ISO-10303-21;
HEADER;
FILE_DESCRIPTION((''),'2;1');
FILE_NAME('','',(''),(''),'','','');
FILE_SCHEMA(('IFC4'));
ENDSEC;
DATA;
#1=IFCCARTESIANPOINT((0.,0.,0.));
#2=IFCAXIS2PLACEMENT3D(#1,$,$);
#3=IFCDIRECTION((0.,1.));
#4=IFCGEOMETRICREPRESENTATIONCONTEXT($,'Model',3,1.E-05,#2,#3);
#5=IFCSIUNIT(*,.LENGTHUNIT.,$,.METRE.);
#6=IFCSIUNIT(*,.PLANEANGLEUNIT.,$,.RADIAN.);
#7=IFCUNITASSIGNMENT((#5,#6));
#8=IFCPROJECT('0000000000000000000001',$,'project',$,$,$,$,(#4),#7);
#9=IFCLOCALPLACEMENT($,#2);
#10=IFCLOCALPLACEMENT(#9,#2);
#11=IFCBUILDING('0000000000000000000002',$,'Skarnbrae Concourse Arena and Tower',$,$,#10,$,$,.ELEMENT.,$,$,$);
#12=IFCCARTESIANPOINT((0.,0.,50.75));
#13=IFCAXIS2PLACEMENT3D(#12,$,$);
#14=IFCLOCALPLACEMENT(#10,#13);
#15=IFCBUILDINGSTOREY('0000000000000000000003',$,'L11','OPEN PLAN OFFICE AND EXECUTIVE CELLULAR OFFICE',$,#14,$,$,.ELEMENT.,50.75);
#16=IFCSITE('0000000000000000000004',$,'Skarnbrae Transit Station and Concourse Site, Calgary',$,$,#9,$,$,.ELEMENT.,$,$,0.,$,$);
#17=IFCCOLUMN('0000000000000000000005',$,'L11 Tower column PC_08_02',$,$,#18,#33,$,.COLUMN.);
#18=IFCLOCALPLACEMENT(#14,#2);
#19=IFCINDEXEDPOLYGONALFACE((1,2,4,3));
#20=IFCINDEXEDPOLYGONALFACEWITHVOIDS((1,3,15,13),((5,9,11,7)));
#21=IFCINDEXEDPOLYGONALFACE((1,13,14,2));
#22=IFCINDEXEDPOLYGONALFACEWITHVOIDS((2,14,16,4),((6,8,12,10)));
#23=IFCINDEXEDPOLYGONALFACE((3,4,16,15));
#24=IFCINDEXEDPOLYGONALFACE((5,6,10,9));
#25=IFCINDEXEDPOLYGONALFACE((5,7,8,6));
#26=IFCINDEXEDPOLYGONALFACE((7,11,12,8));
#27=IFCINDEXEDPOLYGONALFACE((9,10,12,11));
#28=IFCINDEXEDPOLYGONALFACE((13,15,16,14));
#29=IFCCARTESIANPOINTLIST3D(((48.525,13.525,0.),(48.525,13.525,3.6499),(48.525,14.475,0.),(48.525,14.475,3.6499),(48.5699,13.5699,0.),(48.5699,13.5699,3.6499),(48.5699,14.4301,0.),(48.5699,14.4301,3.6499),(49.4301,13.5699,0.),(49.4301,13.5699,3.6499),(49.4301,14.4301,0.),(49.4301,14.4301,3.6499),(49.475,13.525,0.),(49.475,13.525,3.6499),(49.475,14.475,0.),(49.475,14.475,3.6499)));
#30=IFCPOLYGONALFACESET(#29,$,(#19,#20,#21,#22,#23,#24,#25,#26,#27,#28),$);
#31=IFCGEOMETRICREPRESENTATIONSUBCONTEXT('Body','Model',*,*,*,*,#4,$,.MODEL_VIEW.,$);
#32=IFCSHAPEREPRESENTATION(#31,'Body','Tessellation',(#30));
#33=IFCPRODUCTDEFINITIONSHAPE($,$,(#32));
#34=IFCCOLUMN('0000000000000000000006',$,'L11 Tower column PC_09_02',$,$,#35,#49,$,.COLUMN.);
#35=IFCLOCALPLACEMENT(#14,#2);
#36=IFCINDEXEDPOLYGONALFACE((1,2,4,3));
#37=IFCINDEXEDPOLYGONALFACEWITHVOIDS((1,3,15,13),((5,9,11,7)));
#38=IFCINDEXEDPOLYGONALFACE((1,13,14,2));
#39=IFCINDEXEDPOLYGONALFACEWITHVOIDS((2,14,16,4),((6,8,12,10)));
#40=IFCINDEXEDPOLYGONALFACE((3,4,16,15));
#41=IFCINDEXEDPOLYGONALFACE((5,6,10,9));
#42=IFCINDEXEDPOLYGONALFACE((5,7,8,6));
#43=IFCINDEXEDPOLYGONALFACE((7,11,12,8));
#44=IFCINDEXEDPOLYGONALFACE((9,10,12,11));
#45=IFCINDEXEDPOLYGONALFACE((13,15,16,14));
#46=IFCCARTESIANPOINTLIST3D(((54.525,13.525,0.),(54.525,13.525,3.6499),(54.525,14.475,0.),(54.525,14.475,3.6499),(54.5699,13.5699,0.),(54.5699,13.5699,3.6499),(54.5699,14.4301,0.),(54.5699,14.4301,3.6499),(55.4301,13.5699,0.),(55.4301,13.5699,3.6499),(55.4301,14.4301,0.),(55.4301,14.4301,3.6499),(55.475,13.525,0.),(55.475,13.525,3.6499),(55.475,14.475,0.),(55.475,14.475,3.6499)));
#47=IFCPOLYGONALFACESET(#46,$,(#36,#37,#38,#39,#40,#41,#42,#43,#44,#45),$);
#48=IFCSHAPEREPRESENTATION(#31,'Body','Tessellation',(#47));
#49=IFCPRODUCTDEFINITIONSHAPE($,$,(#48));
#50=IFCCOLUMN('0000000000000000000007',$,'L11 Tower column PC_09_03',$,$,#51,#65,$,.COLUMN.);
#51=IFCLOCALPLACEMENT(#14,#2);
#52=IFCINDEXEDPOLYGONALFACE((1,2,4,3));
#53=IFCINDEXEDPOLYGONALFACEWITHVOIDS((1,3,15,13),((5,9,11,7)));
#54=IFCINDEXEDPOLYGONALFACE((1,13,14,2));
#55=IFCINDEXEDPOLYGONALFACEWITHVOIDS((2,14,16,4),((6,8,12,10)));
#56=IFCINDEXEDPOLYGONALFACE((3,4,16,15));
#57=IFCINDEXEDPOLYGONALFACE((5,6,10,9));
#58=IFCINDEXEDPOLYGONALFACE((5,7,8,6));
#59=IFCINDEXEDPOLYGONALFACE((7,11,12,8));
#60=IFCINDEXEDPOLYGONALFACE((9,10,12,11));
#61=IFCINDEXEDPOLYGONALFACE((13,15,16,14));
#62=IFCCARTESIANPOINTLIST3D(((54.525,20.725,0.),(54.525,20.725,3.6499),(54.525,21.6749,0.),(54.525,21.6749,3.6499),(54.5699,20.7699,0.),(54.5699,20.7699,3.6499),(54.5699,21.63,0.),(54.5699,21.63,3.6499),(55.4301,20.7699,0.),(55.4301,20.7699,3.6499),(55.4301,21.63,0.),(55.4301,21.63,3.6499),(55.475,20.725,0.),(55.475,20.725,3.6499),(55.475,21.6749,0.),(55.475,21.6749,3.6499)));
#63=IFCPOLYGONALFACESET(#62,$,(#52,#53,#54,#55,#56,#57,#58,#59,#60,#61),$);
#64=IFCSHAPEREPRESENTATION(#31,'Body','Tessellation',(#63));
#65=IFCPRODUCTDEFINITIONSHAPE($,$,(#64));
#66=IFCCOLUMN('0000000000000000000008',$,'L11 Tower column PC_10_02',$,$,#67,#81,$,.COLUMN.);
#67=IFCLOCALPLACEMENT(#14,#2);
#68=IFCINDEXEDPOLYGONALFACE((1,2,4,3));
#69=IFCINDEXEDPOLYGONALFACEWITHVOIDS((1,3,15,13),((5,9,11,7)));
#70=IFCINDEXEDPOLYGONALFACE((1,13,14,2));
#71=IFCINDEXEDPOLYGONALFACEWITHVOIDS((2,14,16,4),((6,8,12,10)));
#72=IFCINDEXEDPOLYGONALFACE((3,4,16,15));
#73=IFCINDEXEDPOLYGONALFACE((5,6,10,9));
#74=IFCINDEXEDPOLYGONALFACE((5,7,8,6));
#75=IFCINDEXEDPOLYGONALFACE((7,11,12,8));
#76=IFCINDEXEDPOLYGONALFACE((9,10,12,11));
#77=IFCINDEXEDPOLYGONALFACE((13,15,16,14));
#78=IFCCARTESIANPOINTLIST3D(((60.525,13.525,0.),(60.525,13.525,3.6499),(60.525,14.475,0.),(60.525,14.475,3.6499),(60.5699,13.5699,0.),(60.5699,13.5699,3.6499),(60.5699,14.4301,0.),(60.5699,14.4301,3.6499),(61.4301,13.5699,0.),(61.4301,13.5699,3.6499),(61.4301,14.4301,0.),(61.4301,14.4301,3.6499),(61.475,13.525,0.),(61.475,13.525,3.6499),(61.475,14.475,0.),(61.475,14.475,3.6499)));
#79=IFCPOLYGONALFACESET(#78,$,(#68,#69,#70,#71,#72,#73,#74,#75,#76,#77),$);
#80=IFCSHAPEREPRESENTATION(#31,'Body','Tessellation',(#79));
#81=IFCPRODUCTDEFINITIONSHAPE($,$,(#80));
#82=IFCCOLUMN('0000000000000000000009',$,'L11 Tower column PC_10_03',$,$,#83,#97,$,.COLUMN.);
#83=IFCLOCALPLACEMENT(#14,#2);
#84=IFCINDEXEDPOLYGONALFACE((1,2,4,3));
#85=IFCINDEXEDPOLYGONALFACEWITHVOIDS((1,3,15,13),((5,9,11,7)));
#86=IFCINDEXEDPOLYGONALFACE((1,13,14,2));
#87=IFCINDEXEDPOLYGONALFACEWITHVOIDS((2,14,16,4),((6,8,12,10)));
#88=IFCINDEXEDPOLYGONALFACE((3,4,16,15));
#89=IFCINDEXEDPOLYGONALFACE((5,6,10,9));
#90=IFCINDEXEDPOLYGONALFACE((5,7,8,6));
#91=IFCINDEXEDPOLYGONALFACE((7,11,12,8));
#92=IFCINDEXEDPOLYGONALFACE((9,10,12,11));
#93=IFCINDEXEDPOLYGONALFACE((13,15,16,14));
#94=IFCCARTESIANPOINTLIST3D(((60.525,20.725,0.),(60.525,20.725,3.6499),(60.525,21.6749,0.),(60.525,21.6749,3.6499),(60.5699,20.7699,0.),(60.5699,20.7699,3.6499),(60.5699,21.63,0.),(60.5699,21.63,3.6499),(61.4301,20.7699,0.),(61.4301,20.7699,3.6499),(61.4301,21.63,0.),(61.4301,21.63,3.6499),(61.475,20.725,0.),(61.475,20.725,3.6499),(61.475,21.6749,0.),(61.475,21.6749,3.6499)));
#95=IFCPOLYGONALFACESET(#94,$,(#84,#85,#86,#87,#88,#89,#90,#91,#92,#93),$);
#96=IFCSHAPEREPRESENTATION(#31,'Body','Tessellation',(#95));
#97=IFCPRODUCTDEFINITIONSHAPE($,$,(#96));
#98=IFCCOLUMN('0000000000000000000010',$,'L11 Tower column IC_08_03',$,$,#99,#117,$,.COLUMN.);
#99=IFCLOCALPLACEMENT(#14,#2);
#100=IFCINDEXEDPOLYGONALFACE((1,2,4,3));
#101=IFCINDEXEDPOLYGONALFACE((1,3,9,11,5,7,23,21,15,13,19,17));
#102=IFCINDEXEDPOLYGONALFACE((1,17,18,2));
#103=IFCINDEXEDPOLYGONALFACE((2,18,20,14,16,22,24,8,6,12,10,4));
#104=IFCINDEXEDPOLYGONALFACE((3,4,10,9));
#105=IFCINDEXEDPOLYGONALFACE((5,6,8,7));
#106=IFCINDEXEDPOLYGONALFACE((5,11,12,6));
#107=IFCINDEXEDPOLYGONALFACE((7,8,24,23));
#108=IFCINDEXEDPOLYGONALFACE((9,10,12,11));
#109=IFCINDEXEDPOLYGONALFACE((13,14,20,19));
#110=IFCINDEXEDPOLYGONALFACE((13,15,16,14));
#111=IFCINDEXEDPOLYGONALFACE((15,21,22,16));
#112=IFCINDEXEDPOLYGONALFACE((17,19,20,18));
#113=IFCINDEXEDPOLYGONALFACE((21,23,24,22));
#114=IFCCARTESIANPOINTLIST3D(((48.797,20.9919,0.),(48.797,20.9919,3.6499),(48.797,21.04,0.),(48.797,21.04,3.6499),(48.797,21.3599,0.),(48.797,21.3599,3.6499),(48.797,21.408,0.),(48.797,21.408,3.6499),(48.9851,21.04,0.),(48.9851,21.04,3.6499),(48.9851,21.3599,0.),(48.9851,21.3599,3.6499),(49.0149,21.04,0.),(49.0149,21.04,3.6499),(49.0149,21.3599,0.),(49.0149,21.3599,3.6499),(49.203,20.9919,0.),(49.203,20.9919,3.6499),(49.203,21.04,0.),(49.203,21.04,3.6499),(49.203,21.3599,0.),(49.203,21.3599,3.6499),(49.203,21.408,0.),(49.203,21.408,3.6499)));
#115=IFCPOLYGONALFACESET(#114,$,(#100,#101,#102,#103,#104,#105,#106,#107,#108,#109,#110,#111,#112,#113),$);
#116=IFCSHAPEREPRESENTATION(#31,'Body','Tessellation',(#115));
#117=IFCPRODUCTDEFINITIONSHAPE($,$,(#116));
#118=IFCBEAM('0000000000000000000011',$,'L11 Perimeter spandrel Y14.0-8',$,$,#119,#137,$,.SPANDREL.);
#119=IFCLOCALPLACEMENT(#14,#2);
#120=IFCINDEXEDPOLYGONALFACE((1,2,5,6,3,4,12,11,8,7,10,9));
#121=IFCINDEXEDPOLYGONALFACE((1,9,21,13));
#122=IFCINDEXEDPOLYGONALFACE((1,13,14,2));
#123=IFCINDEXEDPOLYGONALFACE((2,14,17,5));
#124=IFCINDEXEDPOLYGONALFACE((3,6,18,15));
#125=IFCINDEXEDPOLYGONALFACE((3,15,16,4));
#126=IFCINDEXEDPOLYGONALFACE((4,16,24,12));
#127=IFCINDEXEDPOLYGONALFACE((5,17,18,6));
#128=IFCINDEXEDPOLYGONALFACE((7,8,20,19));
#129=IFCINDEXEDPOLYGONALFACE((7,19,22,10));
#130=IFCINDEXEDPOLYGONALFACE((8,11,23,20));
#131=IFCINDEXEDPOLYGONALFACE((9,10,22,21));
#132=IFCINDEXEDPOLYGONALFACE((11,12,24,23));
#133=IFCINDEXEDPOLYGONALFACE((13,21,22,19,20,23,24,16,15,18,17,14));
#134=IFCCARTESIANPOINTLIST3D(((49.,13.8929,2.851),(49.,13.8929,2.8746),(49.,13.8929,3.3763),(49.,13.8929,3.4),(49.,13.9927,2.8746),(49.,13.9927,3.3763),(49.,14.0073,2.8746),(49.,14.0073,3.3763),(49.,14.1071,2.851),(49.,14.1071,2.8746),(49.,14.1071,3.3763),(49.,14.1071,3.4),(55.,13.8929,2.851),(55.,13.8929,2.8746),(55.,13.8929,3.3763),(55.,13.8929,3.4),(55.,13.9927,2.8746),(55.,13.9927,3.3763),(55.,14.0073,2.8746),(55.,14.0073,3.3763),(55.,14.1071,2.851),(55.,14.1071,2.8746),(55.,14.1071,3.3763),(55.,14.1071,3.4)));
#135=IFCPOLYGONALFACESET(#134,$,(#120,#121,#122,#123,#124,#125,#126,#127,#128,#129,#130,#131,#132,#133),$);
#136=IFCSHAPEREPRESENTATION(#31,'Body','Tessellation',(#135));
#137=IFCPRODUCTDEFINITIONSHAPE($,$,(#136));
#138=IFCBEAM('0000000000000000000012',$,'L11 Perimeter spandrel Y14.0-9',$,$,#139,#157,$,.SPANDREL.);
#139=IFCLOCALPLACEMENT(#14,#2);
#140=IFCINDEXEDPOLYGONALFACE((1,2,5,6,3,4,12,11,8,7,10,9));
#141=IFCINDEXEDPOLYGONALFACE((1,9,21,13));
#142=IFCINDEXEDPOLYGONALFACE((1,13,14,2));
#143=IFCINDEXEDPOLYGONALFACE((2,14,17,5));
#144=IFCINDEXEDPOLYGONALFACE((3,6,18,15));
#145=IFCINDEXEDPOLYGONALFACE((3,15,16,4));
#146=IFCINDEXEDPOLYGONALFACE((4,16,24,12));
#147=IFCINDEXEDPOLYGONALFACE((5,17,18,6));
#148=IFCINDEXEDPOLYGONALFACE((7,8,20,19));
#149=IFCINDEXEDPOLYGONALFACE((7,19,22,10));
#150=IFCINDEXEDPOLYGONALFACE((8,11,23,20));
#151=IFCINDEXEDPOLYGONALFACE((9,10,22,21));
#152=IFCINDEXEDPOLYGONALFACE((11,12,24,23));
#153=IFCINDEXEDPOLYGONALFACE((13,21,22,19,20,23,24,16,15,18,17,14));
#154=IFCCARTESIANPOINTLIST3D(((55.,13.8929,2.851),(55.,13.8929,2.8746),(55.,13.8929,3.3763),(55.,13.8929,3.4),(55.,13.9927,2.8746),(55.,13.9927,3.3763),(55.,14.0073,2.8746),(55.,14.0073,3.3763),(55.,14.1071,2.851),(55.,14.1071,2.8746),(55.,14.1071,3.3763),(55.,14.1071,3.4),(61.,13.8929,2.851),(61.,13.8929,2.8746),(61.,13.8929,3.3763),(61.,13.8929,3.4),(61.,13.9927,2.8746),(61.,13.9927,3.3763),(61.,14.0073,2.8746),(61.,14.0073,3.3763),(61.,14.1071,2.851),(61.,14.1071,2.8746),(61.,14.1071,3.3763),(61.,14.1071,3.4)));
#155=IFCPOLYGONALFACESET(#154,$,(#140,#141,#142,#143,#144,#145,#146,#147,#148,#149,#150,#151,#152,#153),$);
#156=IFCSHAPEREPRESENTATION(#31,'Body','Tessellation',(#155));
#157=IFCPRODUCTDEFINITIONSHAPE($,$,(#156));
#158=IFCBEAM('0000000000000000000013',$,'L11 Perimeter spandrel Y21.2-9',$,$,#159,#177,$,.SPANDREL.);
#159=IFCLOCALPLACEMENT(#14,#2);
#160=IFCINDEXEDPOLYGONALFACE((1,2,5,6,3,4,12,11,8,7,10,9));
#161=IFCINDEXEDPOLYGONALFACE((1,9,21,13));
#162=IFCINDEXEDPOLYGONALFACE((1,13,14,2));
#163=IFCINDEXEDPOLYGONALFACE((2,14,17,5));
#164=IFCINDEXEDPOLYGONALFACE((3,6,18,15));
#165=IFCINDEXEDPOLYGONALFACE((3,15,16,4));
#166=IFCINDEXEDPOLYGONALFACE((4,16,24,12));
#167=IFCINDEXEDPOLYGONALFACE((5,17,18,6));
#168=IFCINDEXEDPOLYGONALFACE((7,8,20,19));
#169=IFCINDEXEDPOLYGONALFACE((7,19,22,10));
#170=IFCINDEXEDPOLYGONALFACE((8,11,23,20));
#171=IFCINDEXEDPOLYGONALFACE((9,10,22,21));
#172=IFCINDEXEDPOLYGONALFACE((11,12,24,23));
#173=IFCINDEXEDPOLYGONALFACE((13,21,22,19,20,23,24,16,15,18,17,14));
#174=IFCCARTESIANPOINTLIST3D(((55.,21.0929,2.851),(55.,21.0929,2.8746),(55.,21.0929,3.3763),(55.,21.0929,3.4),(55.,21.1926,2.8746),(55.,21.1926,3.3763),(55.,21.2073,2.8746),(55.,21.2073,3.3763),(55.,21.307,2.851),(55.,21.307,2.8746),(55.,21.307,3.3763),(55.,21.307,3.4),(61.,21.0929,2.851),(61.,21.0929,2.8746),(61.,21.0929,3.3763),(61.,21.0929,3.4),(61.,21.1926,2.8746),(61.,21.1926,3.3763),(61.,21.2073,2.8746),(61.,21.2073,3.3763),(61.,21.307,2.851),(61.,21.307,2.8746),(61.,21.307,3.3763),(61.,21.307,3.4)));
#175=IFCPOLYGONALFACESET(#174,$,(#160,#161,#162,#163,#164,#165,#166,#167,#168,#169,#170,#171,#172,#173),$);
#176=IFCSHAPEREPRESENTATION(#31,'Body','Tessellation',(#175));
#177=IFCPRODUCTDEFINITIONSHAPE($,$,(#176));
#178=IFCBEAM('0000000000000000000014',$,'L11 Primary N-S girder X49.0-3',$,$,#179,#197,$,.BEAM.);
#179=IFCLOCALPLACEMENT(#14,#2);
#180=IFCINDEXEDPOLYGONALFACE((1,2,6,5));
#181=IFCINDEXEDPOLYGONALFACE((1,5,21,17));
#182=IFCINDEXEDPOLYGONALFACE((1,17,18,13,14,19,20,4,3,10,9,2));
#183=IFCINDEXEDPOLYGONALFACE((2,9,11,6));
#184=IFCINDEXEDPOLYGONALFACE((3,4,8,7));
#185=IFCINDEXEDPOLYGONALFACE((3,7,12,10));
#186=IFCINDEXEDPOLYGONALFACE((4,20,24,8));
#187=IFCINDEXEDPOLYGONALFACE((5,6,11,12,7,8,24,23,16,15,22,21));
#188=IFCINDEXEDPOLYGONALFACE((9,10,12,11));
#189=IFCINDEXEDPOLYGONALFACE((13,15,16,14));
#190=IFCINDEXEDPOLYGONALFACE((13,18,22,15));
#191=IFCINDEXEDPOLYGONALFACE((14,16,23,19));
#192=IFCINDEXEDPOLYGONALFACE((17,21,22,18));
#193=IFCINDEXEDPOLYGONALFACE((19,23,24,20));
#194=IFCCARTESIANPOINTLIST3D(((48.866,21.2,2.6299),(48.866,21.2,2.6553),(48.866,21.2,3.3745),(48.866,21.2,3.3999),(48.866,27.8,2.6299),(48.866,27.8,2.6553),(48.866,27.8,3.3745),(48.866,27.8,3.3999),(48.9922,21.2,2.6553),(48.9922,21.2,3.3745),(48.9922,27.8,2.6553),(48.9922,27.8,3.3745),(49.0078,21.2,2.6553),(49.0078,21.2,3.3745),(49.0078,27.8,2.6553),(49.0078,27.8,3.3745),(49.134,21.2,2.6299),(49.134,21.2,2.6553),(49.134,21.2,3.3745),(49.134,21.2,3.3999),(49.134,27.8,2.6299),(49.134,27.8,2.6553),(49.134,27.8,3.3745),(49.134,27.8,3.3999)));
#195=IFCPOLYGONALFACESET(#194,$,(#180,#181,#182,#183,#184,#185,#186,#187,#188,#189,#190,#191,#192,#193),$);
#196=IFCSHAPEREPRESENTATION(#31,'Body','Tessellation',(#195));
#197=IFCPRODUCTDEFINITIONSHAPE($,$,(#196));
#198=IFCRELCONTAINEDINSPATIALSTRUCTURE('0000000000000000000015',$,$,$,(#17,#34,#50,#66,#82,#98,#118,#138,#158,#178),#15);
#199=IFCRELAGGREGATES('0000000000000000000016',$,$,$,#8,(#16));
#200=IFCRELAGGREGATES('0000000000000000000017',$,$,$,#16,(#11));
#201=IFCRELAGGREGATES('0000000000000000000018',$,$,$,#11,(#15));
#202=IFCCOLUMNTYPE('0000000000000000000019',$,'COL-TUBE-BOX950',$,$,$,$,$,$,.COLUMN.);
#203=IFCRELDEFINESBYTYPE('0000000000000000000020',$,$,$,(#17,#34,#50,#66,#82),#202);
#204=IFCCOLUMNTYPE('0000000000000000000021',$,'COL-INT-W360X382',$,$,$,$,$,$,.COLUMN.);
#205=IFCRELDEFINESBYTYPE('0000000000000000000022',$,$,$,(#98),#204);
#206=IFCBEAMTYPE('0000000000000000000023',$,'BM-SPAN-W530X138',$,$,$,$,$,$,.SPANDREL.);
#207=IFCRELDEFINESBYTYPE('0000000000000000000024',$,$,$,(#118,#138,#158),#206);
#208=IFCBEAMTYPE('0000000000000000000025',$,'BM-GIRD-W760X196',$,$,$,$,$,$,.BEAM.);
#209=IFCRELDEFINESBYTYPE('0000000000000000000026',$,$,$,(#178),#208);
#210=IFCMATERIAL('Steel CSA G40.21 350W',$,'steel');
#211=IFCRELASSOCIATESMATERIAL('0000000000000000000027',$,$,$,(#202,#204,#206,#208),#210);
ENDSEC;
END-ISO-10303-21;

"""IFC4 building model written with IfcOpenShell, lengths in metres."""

from ifc_helpers import new_model, si_unit, direction, frame, origin, origin_2d, place, context, subcontext, project, spatial, hollow_rectangle, i_section, extrude, source, transform, mapped, material, material_profile, profile_set, type_object, element, save


model = new_model("IFC4")

# Units and contexts
model_context = context("Model", 3, precision=1e-05, world=origin(), true_north=direction((0.0, 1.0)))
body_context = subcontext(model_context, "Body", "Model", "MODEL_VIEW")
ifc_project = project(units=[si_unit("LENGTHUNIT", "METRE"), si_unit("PLANEANGLEUNIT", "RADIAN")], contexts=[model_context])

# Site, building, storey
site_placement = place(None, origin())
site = spatial("IfcSite", under=ifc_project, at=site_placement, Name="Skarnbrae Transit Station and Concourse Site, Calgary", CompositionType="ELEMENT", RefElevation=0.0)
building_placement = place(site_placement, origin())
building = spatial("IfcBuilding", under=site, at=building_placement, Name="Skarnbrae Concourse Arena and Tower", CompositionType="ELEMENT")
storey_placement = place(building_placement, frame((0.0, 0.0, 50.75)))
storey = spatial("IfcBuildingStorey", under=building, at=storey_placement, Name="L11", Description="OPEN PLAN OFFICE AND EXECUTIVE CELLULAR OFFICE", CompositionType="ELEMENT", Elevation=50.75)

# Columns
ifc_material_1 = material(Name="Steel CSA G40.21 350W", Category="steel")
ifc_material_profile_1 = material_profile(ifc_material_1, hollow_rectangle(XDim=0.95, YDim=0.95, WallThickness=0.0449, at=origin_2d()), Name="BOX950X950X45")
ifc_profile_set_1 = profile_set([ifc_material_profile_1], Name="Steel CSA G40.21 350W")
column_type_1 = type_object("IfcColumnType", Name="COL-TUBE-BOX950", PredefinedType="COLUMN", material=ifc_profile_set_1)
shared_shape_1 = source(origin(), body_context, "Body", "SweptSolid", [
    extrude(hollow_rectangle(XDim=0.95, YDim=0.95, WallThickness=0.0449, at=origin_2d()), origin(), (0.0, 0.0, 1.0), 3.6499),
])
for number, where, z_axis, x_axis, name in (
    (1, (49.0, 14.0, 0.0), (0.0, 0.0, 1.0), (1.0, 0.0, 0.0), "L11 Tower column PC_08_02"),
    (2, (55.0, 14.0, 0.0), (0.0, 0.0, 1.0), (1.0, 0.0, 0.0), "L11 Tower column PC_09_02"),
    (3, (55.0, 21.2, 0.0), (0.0, 0.0, 1.0), (1.0, 0.0, 0.0), "L11 Tower column PC_09_03"),
    (4, (61.0, 14.0, 0.0), (0.0, 0.0, 1.0), (1.0, 0.0, 0.0), "L11 Tower column PC_10_02"),
    (5, (61.0, 21.2, 0.0), (0.0, 0.0, 1.0), (1.0, 0.0, 0.0), "L11 Tower column PC_10_03"),
):
    element("IfcColumn", number, at=place(storey_placement, frame(where, z_axis=z_axis, x_axis=x_axis)), inside=storey, type_object=column_type_1, Name=name, PredefinedType="COLUMN", context=body_context, shape_type="MappedRepresentation", body=[
        mapped(shared_shape_1, transform((0.0, 0.0, 0.0))),
    ])
ifc_material_profile_2 = material_profile(ifc_material_1, i_section(OverallWidth=0.406, OverallDepth=0.416, WebThickness=0.0298, FlangeThickness=0.0481, at=origin_2d()), Name="W360X382")
ifc_profile_set_2 = profile_set([ifc_material_profile_2], Name="Steel CSA G40.21 350W")
column_type_2 = type_object("IfcColumnType", Name="COL-INT-W360X382", PredefinedType="COLUMN", material=ifc_profile_set_2)
shared_shape_2 = source(origin(), body_context, "Body", "SweptSolid", [
    extrude(i_section(OverallWidth=0.406, OverallDepth=0.416, WebThickness=0.0298, FlangeThickness=0.0481, at=origin_2d()), origin(), (0.0, 0.0, 1.0), 3.6499),
])
column_placement = place(storey_placement, frame((49.0, 21.2, 0.0), z_axis=(0.0, 0.0, 1.0), x_axis=(1.0, 0.0, 0.0)))
element("IfcColumn", 6, at=column_placement, inside=storey, type_object=column_type_2, Name="L11 Tower column IC_08_03", PredefinedType="COLUMN", context=body_context, shape_type="MappedRepresentation", body=[
    mapped(shared_shape_2, transform((0.0, 0.0, 0.0))),
])

# Beams
ifc_material_profile_3 = material_profile(ifc_material_1, i_section(OverallWidth=0.2141, OverallDepth=0.5491, WebThickness=0.0146, FlangeThickness=0.0237, at=origin_2d()), Name="W530X138")
ifc_profile_set_3 = profile_set([ifc_material_profile_3], Name="Steel CSA G40.21 350W")
beam_type_1 = type_object("IfcBeamType", Name="BM-SPAN-W530X138", PredefinedType="SPANDREL", material=ifc_profile_set_3)
shared_shape_3 = source(origin(), body_context, "Body", "SweptSolid", [
    extrude(i_section(OverallWidth=0.2141, OverallDepth=0.5491, WebThickness=0.0146, FlangeThickness=0.0237, at=origin_2d()), origin(), (0.0, 0.0, 1.0), 6.0),
])
for number, where, z_axis, x_axis, name in (
    (7, (49.0, 14.0, 3.1255), (1.0, 0.0, 0.0), (0.0, 1.0, 0.0), "L11 Perimeter spandrel Y14.0-8"),
    (8, (55.0, 14.0, 3.1255), (1.0, 0.0, 0.0), (0.0, 1.0, 0.0), "L11 Perimeter spandrel Y14.0-9"),
    (9, (55.0, 21.2, 3.1255), (1.0, 0.0, 0.0), (0.0, 1.0, 0.0), "L11 Perimeter spandrel Y21.2-9"),
):
    element("IfcBeam", number, at=place(storey_placement, frame(where, z_axis=z_axis, x_axis=x_axis)), inside=storey, type_object=beam_type_1, Name=name, PredefinedType="SPANDREL", context=body_context, shape_type="MappedRepresentation", body=[
        mapped(shared_shape_3, transform((0.0, 0.0, 0.0))),
    ])
ifc_material_profile_4 = material_profile(ifc_material_1, i_section(OverallWidth=0.2681, OverallDepth=0.77, WebThickness=0.0156, FlangeThickness=0.0254, at=origin_2d()), Name="W760X196")
ifc_profile_set_4 = profile_set([ifc_material_profile_4], Name="Steel CSA G40.21 350W")
beam_type_2 = type_object("IfcBeamType", Name="BM-GIRD-W760X196", PredefinedType="BEAM", material=ifc_profile_set_4)
shared_shape_4 = source(origin(), body_context, "Body", "SweptSolid", [
    extrude(i_section(OverallWidth=0.2681, OverallDepth=0.77, WebThickness=0.0156, FlangeThickness=0.0254, at=origin_2d()), origin(), (0.0, 0.0, 1.0), 6.6001),
])
beam_1_placement = place(storey_placement, frame((49.0, 21.2, 3.0149), z_axis=(0.0, 1.0, 0.0), x_axis=(-1.0, 0.0, 0.0)))
element("IfcBeam", 10, at=beam_1_placement, inside=storey, type_object=beam_type_2, Name="L11 Primary N-S girder X49.0-3", PredefinedType="BEAM", context=body_context, shape_type="MappedRepresentation", body=[
    mapped(shared_shape_4, transform((0.0, 0.0, 0.0))),
])

save(model, "model.ifc")
